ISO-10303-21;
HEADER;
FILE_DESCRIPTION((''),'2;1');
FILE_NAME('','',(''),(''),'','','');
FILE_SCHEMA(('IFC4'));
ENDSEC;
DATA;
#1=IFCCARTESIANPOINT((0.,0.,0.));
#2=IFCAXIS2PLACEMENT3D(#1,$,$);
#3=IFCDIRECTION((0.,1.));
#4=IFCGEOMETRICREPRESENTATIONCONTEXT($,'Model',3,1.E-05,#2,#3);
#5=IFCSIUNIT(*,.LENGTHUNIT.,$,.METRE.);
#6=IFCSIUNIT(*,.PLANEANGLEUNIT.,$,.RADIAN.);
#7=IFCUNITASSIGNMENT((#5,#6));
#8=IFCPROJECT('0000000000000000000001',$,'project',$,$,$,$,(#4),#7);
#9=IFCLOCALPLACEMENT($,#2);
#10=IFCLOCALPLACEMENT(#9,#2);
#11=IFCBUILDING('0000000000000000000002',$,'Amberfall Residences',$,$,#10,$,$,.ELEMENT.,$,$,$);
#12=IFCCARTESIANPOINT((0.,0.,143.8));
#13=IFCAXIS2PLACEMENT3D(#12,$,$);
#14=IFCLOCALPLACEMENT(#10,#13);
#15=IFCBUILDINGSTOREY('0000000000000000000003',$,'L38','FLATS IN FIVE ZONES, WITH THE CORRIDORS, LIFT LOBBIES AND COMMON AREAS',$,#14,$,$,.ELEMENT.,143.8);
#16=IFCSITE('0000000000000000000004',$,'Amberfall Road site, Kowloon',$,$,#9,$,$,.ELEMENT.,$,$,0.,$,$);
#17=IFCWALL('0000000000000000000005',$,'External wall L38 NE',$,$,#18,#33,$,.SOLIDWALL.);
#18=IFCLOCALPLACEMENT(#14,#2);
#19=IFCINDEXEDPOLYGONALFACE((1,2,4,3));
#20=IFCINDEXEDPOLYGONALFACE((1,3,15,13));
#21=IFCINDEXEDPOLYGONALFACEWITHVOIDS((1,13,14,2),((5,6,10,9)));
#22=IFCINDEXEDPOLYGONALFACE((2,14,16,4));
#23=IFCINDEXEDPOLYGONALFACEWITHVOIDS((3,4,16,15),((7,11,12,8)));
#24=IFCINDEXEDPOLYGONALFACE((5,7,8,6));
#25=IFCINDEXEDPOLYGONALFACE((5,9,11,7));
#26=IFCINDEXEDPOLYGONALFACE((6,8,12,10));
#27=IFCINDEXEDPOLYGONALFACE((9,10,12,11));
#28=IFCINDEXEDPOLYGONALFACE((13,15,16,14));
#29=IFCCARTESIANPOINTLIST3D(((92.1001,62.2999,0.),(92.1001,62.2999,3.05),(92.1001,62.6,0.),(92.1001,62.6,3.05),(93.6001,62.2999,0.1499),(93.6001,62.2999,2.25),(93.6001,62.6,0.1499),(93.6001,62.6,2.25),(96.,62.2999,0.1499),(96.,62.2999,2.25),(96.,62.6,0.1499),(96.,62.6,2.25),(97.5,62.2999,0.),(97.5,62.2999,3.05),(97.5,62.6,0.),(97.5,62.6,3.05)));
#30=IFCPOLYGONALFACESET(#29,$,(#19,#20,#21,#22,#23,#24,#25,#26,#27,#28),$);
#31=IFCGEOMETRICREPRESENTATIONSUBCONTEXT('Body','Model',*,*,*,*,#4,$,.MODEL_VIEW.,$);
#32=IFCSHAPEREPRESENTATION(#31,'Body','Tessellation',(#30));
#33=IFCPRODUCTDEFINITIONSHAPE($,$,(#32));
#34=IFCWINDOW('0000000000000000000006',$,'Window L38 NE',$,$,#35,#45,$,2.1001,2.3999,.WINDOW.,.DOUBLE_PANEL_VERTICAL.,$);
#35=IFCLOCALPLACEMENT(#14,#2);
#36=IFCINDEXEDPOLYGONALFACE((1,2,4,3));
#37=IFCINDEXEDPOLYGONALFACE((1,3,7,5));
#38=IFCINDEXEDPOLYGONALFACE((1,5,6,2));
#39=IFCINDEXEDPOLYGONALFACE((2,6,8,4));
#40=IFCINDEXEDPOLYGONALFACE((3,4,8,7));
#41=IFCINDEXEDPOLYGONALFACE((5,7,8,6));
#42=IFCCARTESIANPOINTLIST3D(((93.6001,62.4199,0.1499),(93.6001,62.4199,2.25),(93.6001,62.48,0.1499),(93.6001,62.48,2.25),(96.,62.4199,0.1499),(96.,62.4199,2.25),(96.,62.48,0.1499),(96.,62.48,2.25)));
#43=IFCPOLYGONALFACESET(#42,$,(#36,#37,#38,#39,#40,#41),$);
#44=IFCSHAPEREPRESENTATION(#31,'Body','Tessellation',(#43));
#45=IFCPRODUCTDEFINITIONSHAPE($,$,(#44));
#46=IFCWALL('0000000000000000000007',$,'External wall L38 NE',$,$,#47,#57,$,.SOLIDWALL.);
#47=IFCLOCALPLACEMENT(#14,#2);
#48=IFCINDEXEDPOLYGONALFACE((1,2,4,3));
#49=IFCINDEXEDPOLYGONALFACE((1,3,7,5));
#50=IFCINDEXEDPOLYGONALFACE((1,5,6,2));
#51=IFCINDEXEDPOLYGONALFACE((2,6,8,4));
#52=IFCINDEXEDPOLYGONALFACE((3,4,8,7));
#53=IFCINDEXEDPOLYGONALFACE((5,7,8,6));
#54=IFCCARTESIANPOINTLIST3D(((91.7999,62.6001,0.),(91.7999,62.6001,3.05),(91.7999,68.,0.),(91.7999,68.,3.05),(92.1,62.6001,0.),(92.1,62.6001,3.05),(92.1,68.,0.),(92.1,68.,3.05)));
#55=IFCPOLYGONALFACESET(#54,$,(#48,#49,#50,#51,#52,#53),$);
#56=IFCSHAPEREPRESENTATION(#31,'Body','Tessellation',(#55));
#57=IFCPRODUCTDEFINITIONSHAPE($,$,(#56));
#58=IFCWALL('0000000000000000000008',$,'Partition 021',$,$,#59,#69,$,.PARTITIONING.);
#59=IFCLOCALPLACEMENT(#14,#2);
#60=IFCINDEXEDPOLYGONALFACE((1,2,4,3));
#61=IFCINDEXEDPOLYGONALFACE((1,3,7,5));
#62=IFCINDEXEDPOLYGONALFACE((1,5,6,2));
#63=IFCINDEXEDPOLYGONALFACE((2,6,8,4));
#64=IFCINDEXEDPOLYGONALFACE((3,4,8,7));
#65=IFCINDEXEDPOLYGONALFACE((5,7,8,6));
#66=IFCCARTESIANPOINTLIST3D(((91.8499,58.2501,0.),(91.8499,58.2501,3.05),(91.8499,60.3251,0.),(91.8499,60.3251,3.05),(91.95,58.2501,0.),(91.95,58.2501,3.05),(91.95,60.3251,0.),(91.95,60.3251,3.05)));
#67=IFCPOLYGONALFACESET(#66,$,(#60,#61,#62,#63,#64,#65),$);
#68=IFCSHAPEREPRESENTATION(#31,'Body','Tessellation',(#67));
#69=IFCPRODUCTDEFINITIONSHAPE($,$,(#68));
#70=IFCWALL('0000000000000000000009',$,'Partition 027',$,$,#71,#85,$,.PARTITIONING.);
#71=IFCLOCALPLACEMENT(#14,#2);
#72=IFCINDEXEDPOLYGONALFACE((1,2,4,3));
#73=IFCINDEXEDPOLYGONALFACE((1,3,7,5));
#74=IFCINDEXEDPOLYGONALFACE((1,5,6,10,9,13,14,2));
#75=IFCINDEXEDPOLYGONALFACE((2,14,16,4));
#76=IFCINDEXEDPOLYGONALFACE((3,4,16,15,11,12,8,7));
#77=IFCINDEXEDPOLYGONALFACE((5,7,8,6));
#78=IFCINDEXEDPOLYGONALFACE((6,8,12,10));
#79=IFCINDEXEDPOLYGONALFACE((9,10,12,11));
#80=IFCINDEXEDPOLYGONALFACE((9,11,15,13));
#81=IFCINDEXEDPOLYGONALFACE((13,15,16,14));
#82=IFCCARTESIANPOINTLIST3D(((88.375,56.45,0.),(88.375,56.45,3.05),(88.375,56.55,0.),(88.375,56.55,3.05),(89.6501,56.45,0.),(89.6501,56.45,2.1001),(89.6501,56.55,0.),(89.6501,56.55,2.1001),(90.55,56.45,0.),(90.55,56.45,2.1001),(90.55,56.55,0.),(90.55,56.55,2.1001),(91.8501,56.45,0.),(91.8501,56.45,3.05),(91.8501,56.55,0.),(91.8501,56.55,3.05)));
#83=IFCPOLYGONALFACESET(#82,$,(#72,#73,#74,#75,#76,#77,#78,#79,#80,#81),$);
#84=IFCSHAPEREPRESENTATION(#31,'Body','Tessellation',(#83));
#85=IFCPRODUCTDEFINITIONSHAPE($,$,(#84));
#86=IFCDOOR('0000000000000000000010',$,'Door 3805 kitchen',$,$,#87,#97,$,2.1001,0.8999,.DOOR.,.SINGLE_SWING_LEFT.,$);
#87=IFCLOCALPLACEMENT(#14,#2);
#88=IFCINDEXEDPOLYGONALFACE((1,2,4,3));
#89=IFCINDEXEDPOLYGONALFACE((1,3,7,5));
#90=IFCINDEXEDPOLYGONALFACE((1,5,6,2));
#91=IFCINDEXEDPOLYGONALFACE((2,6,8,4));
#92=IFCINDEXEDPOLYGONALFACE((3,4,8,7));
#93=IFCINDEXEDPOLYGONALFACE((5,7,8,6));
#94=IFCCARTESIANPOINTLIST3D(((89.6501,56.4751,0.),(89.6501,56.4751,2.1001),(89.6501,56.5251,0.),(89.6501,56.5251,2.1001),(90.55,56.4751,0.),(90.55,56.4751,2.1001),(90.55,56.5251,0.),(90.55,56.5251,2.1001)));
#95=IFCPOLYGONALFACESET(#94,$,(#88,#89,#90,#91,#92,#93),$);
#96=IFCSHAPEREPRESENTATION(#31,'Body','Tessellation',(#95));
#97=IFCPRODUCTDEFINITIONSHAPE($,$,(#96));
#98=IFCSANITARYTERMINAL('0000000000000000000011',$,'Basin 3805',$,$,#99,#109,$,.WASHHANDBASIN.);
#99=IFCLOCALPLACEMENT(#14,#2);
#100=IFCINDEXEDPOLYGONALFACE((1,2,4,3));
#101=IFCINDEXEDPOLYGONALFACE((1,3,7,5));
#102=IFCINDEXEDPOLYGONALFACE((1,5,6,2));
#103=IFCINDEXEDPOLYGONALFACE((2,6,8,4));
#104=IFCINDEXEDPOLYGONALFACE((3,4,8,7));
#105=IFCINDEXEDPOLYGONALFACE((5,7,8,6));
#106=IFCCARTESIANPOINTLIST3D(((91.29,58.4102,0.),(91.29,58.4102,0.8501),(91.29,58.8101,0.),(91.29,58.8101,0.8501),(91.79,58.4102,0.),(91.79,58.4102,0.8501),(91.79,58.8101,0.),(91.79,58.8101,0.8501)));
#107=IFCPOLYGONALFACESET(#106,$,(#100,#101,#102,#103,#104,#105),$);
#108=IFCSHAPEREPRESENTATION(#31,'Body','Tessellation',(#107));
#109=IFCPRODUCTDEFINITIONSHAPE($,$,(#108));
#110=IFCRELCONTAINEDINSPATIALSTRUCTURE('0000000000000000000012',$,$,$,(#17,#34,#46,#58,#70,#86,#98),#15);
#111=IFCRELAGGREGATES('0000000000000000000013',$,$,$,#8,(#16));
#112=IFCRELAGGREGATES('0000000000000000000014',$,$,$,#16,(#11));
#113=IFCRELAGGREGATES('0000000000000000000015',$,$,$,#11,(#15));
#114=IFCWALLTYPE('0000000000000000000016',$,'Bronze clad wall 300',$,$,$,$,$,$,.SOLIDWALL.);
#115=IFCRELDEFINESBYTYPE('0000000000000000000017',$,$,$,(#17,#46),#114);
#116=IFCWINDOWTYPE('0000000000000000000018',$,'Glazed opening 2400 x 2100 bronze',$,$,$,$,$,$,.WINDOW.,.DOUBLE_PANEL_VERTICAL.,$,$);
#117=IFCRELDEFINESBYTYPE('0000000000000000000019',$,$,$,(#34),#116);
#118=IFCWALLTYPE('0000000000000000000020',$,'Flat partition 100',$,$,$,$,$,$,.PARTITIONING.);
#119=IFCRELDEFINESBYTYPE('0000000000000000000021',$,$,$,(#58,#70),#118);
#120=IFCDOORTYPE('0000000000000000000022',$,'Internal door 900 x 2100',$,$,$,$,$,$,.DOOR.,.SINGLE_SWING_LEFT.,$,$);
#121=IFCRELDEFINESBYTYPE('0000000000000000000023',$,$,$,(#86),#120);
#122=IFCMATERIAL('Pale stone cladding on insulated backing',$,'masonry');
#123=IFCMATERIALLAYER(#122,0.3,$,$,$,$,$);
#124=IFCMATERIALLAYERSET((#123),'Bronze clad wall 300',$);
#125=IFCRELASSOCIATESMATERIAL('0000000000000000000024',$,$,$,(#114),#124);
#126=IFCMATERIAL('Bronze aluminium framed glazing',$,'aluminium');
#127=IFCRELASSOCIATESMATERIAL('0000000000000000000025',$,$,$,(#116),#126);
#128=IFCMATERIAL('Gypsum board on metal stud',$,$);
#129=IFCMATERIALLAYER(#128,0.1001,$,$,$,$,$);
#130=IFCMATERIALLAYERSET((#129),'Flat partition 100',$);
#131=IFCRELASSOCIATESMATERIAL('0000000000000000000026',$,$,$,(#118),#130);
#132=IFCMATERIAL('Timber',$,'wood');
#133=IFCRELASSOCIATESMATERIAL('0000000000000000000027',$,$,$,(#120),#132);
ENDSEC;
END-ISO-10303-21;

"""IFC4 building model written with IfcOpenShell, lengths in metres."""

from ifc_helpers import new_model, si_unit, direction, frame, frame_2d, origin, origin_2d, place, context, subcontext, project, spatial, rectangle, extrude, material, layer, layer_set, type_object, element, fill, save


model = new_model("IFC4")

# Units and contexts
model_context = context("Model", 3, precision=1e-05, world=origin(), true_north=direction((0.0, 1.0)))
body_context = subcontext(model_context, "Body", "Model", "MODEL_VIEW")
ifc_project = project(units=[si_unit("LENGTHUNIT", "METRE"), si_unit("PLANEANGLEUNIT", "RADIAN")], contexts=[model_context])

# Site, building, storey
site_placement = place(None, origin())
site = spatial("IfcSite", under=ifc_project, at=site_placement, Name="Amberfall Road site, Kowloon", CompositionType="ELEMENT", RefElevation=0.0)
building_placement = place(site_placement, origin())
building = spatial("IfcBuilding", under=site, at=building_placement, Name="Amberfall Residences", CompositionType="ELEMENT")
storey_placement = place(building_placement, frame((0.0, 0.0, 143.8)))
storey = spatial("IfcBuildingStorey", under=building, at=storey_placement, Name="L38", Description="FLATS IN FIVE ZONES, WITH THE CORRIDORS, LIFT LOBBIES AND COMMON AREAS", CompositionType="ELEMENT", Elevation=143.8)

# Wall, opening, window
ifc_material_1 = material(Name="Pale stone cladding on insulated backing", Category="masonry")
ifc_layer_1 = layer(ifc_material_1, 0.3)
ifc_layer_set_1 = layer_set([ifc_layer_1], Name="Bronze clad wall 300")
wall_type_1 = type_object("IfcWallType", Name="Bronze clad wall 300", PredefinedType="SOLIDWALL", material=ifc_layer_set_1)
wall_1_placement = place(storey_placement, frame((97.5, 62.45, 0.0), z_axis=(0.0, 0.0, 1.0), x_axis=(-1.0, 0.0, 0.0)))
wall_1 = element("IfcWall", 1, at=wall_1_placement, inside=storey, type_object=wall_type_1, Name="External wall L38 NE", PredefinedType="SOLIDWALL", context=body_context, shape_type="SweptSolid", body=[
    extrude(rectangle(XDim=5.3999, YDim=0.3, at=frame_2d((2.7, 0.0))), origin(), (0.0, 0.0, 1.0), 3.05),
])
opening_1_placement = place(wall_1_placement, frame((1.5, 0.0, 0.1499)))
opening_1 = element("IfcOpeningElement", 2, at=opening_1_placement, cuts=wall_1, PredefinedType="OPENING", context=body_context, shape_type="SweptSolid", body=[
    extrude(rectangle(XDim=2.3999, YDim=2.1001, at=frame_2d((1.2, 1.05))), frame((0.0, 0.1599, 0.0), z_axis=(0.0, -1.0, 0.0), x_axis=(1.0, 0.0, 0.0)), (0.0, 0.0, 1.0), 0.3201),
])
ifc_material_2 = material(Name="Bronze aluminium framed glazing", Category="aluminium")
window_type = type_object("IfcWindowType", Name="Glazed opening 2400 x 2100 bronze", PartitioningType="DOUBLE_PANEL_VERTICAL", PredefinedType="WINDOW", material=ifc_material_2)
window_placement = place(opening_1_placement, origin())
window = element("IfcWindow", 3, at=window_placement, inside=storey, type_object=window_type, Name="Window L38 NE", OverallHeight=2.1001, OverallWidth=2.3999, PartitioningType="DOUBLE_PANEL_VERTICAL", PredefinedType="WINDOW", context=body_context, shape_type="SweptSolid", body=[
    extrude(rectangle(XDim=2.3999, YDim=2.1001, at=frame_2d((1.2, 1.05))), frame((0.0, 0.03, 0.0), z_axis=(0.0, -1.0, 0.0), x_axis=(1.0, 0.0, 0.0)), (0.0, 0.0, 1.0), 0.0601),
])
fill(opening_1, window)

# Walls
wall_2_placement = place(storey_placement, frame((91.95, 62.6001, 0.0), z_axis=(0.0, 0.0, 1.0), x_axis=(0.0, 1.0, 0.0)))
element("IfcWall", 4, at=wall_2_placement, inside=storey, type_object=wall_type_1, Name="External wall L38 NE", PredefinedType="SOLIDWALL", context=body_context, shape_type="SweptSolid", body=[
    extrude(rectangle(XDim=5.3999, YDim=0.3, at=frame_2d((2.7, 0.0))), origin(), (0.0, 0.0, 1.0), 3.05),
])
ifc_material_3 = material(Name="Gypsum board on metal stud")
ifc_layer_2 = layer(ifc_material_3, 0.1001)
ifc_layer_set_2 = layer_set([ifc_layer_2], Name="Flat partition 100")
wall_type_2 = type_object("IfcWallType", Name="Flat partition 100", PredefinedType="PARTITIONING", material=ifc_layer_set_2)
wall_3_placement = place(storey_placement, frame((91.8999, 58.25, 0.0), z_axis=(0.0, 0.0, 1.0), x_axis=(0.0, 1.0, 0.0)))
element("IfcWall", 5, at=wall_3_placement, inside=storey, type_object=wall_type_2, Name="Partition 021", PredefinedType="PARTITIONING", context=body_context, shape_type="SweptSolid", body=[
    extrude(rectangle(XDim=2.075, YDim=0.1001, at=frame_2d((1.0376, 0.0))), origin(), (0.0, 0.0, 1.0), 3.05),
])

# Wall, opening, door
wall_4_placement = place(storey_placement, frame((91.8501, 56.5, 0.0), z_axis=(0.0, 0.0, 1.0), x_axis=(-1.0, 0.0, 0.0)))
wall_4 = element("IfcWall", 6, at=wall_4_placement, inside=storey, type_object=wall_type_2, Name="Partition 027", PredefinedType="PARTITIONING", context=body_context, shape_type="SweptSolid", body=[
    extrude(rectangle(XDim=3.4751, YDim=0.1001, at=frame_2d((1.7375, 0.0))), origin(), (0.0, 0.0, 1.0), 3.05),
])
opening_2_placement = place(wall_4_placement, frame((1.3, 0.0, 0.0)))
opening_2 = element("IfcOpeningElement", 7, at=opening_2_placement, cuts=wall_4, PredefinedType="OPENING", context=body_context, shape_type="SweptSolid", body=[
    extrude(rectangle(XDim=0.8999, YDim=2.1001, at=frame_2d((0.45, 1.05))), frame((0.0, 0.0601, 0.0), z_axis=(0.0, -1.0, 0.0), x_axis=(1.0, 0.0, 0.0)), (0.0, 0.0, 1.0), 0.1201),
])
ifc_material_4 = material(Name="Timber", Category="wood")
door_type = type_object("IfcDoorType", Name="Internal door 900 x 2100", OperationType="SINGLE_SWING_LEFT", PredefinedType="DOOR", material=ifc_material_4)
door_placement = place(opening_2_placement, origin())
door = element("IfcDoor", 8, at=door_placement, inside=storey, type_object=door_type, Name="Door 3805 kitchen", OperationType="SINGLE_SWING_LEFT", OverallHeight=2.1001, OverallWidth=0.8999, PredefinedType="DOOR", context=body_context, shape_type="SweptSolid", body=[
    extrude(rectangle(XDim=0.8999, YDim=2.1001, at=frame_2d((0.45, 1.05))), frame((0.0, 0.0249, 0.0), z_axis=(0.0, -1.0, 0.0), x_axis=(1.0, 0.0, 0.0)), (0.0, 0.0, 1.0), 0.05),
])
fill(opening_2, door)

# Sanitary terminal
sanitary_terminal_placement = place(storey_placement, frame((91.54, 58.6101, 0.0), z_axis=(0.0, 0.0, 1.0), x_axis=(1.0, 0.0, 0.0)))
element("IfcSanitaryTerminal", 9, at=sanitary_terminal_placement, inside=storey, Name="Basin 3805", PredefinedType="WASHHANDBASIN", context=body_context, shape_type="SweptSolid", body=[
    extrude(rectangle(XDim=0.5, YDim=0.3999, at=origin_2d()), origin(), (0.0, 0.0, 1.0), 0.8501),
])

save(model, "model.ifc")
